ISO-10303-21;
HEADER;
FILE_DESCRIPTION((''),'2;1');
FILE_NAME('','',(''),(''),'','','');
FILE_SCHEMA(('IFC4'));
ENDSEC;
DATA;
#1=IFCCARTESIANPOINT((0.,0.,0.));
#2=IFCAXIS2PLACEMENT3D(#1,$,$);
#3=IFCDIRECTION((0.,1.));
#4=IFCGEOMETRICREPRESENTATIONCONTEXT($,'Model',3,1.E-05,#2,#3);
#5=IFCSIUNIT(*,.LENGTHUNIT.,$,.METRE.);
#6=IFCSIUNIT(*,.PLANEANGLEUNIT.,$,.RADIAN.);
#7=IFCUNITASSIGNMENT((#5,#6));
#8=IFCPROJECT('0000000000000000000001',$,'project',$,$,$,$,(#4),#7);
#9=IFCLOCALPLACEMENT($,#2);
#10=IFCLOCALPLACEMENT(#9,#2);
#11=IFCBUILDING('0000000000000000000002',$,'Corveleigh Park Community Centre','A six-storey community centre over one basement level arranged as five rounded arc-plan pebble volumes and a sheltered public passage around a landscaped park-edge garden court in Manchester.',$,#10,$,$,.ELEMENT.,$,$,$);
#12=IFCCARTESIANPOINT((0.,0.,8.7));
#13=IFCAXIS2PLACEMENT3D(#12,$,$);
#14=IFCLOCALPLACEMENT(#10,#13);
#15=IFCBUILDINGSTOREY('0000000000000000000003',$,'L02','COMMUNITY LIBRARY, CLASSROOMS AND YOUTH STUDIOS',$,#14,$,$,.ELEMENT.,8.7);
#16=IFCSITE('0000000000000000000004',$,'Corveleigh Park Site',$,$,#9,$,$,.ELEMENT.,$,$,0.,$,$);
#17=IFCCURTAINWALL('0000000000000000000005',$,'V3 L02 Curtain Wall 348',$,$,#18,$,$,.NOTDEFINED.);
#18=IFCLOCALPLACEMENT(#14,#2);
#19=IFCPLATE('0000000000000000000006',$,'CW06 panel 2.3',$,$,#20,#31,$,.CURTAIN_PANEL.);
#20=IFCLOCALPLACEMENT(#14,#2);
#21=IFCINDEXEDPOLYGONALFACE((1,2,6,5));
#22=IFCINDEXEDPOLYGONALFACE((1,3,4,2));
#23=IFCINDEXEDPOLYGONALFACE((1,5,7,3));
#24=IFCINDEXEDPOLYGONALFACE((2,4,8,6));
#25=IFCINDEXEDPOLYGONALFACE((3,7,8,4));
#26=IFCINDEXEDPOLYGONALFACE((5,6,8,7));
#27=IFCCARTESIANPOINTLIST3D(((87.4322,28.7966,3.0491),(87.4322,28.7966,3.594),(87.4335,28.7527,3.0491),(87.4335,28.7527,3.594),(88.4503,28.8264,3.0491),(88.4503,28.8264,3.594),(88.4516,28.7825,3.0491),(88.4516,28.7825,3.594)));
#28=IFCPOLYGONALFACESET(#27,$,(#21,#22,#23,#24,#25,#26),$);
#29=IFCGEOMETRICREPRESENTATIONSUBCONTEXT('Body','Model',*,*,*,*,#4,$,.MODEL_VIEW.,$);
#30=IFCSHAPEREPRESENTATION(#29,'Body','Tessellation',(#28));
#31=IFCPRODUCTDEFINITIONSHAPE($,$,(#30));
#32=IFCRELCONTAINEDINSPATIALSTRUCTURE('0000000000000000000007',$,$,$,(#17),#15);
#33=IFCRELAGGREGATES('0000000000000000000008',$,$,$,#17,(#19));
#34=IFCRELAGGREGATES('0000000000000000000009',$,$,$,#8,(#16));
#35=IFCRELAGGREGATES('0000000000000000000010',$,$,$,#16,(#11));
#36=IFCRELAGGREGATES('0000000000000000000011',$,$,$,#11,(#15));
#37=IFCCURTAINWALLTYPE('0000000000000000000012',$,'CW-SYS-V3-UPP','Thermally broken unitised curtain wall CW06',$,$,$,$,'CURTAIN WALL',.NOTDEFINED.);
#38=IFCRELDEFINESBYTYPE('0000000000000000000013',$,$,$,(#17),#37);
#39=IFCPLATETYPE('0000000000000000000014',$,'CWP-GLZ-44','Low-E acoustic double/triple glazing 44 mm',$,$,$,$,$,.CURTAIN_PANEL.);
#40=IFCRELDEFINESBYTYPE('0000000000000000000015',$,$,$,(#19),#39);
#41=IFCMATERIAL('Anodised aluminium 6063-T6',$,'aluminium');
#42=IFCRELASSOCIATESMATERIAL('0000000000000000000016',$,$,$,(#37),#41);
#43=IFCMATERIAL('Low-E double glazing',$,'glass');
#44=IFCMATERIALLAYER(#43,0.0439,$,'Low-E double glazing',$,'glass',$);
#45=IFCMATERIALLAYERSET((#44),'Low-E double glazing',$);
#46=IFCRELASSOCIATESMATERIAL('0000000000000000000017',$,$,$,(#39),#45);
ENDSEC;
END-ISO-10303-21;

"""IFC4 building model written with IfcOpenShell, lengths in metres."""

from ifc_helpers import new_model, si_unit, direction, frame, origin, origin_2d, place, context, subcontext, project, spatial, rectangle, extrude, material, layer, layer_set, type_object, element, aggregate, save


model = new_model("IFC4")

# Units and contexts
model_context = context("Model", 3, precision=1e-05, world=origin(), true_north=direction((0.0, 1.0)))
body_context = subcontext(model_context, "Body", "Model", "MODEL_VIEW")
ifc_project = project(units=[si_unit("LENGTHUNIT", "METRE"), si_unit("PLANEANGLEUNIT", "RADIAN")], contexts=[model_context])

# Site, building, storey
site_placement = place(None, origin())
site = spatial("IfcSite", under=ifc_project, at=site_placement, Name="Corveleigh Park Site", CompositionType="ELEMENT", RefElevation=0.0)
building_placement = place(site_placement, origin())
building = spatial("IfcBuilding", under=site, at=building_placement, Name="Corveleigh Park Community Centre", Description="A six-storey community centre over one basement level arranged as five rounded arc-plan pebble volumes and a sheltered public passage around a landscaped park-edge garden court in Manchester.", CompositionType="ELEMENT")
storey_placement = place(building_placement, frame((0.0, 0.0, 8.7)))
storey = spatial("IfcBuildingStorey", under=building, at=storey_placement, Name="L02", Description="COMMUNITY LIBRARY, CLASSROOMS AND YOUTH STUDIOS", CompositionType="ELEMENT", Elevation=8.7)

# Shared definitions
ifc_material_1 = material(Name="Anodised aluminium 6063-T6", Category="aluminium")
curtain_wall_type = type_object("IfcCurtainWallType", Name="CW-SYS-V3-UPP", Description="Thermally broken unitised curtain wall CW06", ElementType="CURTAIN WALL", PredefinedType="NOTDEFINED", material=ifc_material_1)

# Curtain wall
curtain_wall_1_placement = place(storey_placement, origin())
curtain_wall_1 = element("IfcCurtainWall", 1, at=curtain_wall_1_placement, inside=storey, type_object=curtain_wall_type, Name="V3 L02 Curtain Wall 348", PredefinedType="NOTDEFINED")

# Plate
ifc_material_2 = material(Name="Low-E double glazing", Category="glass")
ifc_layer_1 = layer(ifc_material_2, 0.0439, Name="Low-E double glazing", Category="glass")
ifc_layer_set_1 = layer_set([ifc_layer_1], Name="Low-E double glazing")
plate_type_1 = type_object("IfcPlateType", Name="CWP-GLZ-44", Description="Low-E acoustic double/triple glazing 44 mm", PredefinedType="CURTAIN_PANEL", material=ifc_layer_set_1)
plate_1_placement = place(storey_placement, frame((87.9419, 28.7896, 3.0491), z_axis=(0.0, 0.0, 1.0), x_axis=(0.999573, 0.029232, 0.0)))
plate_1 = element("IfcPlate", 2, at=plate_1_placement, type_object=plate_type_1, Name="CW06 panel 2.3", PredefinedType="CURTAIN_PANEL", context=body_context, shape_type="SweptSolid", body=[
    extrude(rectangle(XDim=1.0186, YDim=0.0439, at=origin_2d()), origin(), (0.0, 0.0, 1.0), 0.5449),
])
aggregate(curtain_wall_1, [plate_1])

save(model, "model.ifc")
